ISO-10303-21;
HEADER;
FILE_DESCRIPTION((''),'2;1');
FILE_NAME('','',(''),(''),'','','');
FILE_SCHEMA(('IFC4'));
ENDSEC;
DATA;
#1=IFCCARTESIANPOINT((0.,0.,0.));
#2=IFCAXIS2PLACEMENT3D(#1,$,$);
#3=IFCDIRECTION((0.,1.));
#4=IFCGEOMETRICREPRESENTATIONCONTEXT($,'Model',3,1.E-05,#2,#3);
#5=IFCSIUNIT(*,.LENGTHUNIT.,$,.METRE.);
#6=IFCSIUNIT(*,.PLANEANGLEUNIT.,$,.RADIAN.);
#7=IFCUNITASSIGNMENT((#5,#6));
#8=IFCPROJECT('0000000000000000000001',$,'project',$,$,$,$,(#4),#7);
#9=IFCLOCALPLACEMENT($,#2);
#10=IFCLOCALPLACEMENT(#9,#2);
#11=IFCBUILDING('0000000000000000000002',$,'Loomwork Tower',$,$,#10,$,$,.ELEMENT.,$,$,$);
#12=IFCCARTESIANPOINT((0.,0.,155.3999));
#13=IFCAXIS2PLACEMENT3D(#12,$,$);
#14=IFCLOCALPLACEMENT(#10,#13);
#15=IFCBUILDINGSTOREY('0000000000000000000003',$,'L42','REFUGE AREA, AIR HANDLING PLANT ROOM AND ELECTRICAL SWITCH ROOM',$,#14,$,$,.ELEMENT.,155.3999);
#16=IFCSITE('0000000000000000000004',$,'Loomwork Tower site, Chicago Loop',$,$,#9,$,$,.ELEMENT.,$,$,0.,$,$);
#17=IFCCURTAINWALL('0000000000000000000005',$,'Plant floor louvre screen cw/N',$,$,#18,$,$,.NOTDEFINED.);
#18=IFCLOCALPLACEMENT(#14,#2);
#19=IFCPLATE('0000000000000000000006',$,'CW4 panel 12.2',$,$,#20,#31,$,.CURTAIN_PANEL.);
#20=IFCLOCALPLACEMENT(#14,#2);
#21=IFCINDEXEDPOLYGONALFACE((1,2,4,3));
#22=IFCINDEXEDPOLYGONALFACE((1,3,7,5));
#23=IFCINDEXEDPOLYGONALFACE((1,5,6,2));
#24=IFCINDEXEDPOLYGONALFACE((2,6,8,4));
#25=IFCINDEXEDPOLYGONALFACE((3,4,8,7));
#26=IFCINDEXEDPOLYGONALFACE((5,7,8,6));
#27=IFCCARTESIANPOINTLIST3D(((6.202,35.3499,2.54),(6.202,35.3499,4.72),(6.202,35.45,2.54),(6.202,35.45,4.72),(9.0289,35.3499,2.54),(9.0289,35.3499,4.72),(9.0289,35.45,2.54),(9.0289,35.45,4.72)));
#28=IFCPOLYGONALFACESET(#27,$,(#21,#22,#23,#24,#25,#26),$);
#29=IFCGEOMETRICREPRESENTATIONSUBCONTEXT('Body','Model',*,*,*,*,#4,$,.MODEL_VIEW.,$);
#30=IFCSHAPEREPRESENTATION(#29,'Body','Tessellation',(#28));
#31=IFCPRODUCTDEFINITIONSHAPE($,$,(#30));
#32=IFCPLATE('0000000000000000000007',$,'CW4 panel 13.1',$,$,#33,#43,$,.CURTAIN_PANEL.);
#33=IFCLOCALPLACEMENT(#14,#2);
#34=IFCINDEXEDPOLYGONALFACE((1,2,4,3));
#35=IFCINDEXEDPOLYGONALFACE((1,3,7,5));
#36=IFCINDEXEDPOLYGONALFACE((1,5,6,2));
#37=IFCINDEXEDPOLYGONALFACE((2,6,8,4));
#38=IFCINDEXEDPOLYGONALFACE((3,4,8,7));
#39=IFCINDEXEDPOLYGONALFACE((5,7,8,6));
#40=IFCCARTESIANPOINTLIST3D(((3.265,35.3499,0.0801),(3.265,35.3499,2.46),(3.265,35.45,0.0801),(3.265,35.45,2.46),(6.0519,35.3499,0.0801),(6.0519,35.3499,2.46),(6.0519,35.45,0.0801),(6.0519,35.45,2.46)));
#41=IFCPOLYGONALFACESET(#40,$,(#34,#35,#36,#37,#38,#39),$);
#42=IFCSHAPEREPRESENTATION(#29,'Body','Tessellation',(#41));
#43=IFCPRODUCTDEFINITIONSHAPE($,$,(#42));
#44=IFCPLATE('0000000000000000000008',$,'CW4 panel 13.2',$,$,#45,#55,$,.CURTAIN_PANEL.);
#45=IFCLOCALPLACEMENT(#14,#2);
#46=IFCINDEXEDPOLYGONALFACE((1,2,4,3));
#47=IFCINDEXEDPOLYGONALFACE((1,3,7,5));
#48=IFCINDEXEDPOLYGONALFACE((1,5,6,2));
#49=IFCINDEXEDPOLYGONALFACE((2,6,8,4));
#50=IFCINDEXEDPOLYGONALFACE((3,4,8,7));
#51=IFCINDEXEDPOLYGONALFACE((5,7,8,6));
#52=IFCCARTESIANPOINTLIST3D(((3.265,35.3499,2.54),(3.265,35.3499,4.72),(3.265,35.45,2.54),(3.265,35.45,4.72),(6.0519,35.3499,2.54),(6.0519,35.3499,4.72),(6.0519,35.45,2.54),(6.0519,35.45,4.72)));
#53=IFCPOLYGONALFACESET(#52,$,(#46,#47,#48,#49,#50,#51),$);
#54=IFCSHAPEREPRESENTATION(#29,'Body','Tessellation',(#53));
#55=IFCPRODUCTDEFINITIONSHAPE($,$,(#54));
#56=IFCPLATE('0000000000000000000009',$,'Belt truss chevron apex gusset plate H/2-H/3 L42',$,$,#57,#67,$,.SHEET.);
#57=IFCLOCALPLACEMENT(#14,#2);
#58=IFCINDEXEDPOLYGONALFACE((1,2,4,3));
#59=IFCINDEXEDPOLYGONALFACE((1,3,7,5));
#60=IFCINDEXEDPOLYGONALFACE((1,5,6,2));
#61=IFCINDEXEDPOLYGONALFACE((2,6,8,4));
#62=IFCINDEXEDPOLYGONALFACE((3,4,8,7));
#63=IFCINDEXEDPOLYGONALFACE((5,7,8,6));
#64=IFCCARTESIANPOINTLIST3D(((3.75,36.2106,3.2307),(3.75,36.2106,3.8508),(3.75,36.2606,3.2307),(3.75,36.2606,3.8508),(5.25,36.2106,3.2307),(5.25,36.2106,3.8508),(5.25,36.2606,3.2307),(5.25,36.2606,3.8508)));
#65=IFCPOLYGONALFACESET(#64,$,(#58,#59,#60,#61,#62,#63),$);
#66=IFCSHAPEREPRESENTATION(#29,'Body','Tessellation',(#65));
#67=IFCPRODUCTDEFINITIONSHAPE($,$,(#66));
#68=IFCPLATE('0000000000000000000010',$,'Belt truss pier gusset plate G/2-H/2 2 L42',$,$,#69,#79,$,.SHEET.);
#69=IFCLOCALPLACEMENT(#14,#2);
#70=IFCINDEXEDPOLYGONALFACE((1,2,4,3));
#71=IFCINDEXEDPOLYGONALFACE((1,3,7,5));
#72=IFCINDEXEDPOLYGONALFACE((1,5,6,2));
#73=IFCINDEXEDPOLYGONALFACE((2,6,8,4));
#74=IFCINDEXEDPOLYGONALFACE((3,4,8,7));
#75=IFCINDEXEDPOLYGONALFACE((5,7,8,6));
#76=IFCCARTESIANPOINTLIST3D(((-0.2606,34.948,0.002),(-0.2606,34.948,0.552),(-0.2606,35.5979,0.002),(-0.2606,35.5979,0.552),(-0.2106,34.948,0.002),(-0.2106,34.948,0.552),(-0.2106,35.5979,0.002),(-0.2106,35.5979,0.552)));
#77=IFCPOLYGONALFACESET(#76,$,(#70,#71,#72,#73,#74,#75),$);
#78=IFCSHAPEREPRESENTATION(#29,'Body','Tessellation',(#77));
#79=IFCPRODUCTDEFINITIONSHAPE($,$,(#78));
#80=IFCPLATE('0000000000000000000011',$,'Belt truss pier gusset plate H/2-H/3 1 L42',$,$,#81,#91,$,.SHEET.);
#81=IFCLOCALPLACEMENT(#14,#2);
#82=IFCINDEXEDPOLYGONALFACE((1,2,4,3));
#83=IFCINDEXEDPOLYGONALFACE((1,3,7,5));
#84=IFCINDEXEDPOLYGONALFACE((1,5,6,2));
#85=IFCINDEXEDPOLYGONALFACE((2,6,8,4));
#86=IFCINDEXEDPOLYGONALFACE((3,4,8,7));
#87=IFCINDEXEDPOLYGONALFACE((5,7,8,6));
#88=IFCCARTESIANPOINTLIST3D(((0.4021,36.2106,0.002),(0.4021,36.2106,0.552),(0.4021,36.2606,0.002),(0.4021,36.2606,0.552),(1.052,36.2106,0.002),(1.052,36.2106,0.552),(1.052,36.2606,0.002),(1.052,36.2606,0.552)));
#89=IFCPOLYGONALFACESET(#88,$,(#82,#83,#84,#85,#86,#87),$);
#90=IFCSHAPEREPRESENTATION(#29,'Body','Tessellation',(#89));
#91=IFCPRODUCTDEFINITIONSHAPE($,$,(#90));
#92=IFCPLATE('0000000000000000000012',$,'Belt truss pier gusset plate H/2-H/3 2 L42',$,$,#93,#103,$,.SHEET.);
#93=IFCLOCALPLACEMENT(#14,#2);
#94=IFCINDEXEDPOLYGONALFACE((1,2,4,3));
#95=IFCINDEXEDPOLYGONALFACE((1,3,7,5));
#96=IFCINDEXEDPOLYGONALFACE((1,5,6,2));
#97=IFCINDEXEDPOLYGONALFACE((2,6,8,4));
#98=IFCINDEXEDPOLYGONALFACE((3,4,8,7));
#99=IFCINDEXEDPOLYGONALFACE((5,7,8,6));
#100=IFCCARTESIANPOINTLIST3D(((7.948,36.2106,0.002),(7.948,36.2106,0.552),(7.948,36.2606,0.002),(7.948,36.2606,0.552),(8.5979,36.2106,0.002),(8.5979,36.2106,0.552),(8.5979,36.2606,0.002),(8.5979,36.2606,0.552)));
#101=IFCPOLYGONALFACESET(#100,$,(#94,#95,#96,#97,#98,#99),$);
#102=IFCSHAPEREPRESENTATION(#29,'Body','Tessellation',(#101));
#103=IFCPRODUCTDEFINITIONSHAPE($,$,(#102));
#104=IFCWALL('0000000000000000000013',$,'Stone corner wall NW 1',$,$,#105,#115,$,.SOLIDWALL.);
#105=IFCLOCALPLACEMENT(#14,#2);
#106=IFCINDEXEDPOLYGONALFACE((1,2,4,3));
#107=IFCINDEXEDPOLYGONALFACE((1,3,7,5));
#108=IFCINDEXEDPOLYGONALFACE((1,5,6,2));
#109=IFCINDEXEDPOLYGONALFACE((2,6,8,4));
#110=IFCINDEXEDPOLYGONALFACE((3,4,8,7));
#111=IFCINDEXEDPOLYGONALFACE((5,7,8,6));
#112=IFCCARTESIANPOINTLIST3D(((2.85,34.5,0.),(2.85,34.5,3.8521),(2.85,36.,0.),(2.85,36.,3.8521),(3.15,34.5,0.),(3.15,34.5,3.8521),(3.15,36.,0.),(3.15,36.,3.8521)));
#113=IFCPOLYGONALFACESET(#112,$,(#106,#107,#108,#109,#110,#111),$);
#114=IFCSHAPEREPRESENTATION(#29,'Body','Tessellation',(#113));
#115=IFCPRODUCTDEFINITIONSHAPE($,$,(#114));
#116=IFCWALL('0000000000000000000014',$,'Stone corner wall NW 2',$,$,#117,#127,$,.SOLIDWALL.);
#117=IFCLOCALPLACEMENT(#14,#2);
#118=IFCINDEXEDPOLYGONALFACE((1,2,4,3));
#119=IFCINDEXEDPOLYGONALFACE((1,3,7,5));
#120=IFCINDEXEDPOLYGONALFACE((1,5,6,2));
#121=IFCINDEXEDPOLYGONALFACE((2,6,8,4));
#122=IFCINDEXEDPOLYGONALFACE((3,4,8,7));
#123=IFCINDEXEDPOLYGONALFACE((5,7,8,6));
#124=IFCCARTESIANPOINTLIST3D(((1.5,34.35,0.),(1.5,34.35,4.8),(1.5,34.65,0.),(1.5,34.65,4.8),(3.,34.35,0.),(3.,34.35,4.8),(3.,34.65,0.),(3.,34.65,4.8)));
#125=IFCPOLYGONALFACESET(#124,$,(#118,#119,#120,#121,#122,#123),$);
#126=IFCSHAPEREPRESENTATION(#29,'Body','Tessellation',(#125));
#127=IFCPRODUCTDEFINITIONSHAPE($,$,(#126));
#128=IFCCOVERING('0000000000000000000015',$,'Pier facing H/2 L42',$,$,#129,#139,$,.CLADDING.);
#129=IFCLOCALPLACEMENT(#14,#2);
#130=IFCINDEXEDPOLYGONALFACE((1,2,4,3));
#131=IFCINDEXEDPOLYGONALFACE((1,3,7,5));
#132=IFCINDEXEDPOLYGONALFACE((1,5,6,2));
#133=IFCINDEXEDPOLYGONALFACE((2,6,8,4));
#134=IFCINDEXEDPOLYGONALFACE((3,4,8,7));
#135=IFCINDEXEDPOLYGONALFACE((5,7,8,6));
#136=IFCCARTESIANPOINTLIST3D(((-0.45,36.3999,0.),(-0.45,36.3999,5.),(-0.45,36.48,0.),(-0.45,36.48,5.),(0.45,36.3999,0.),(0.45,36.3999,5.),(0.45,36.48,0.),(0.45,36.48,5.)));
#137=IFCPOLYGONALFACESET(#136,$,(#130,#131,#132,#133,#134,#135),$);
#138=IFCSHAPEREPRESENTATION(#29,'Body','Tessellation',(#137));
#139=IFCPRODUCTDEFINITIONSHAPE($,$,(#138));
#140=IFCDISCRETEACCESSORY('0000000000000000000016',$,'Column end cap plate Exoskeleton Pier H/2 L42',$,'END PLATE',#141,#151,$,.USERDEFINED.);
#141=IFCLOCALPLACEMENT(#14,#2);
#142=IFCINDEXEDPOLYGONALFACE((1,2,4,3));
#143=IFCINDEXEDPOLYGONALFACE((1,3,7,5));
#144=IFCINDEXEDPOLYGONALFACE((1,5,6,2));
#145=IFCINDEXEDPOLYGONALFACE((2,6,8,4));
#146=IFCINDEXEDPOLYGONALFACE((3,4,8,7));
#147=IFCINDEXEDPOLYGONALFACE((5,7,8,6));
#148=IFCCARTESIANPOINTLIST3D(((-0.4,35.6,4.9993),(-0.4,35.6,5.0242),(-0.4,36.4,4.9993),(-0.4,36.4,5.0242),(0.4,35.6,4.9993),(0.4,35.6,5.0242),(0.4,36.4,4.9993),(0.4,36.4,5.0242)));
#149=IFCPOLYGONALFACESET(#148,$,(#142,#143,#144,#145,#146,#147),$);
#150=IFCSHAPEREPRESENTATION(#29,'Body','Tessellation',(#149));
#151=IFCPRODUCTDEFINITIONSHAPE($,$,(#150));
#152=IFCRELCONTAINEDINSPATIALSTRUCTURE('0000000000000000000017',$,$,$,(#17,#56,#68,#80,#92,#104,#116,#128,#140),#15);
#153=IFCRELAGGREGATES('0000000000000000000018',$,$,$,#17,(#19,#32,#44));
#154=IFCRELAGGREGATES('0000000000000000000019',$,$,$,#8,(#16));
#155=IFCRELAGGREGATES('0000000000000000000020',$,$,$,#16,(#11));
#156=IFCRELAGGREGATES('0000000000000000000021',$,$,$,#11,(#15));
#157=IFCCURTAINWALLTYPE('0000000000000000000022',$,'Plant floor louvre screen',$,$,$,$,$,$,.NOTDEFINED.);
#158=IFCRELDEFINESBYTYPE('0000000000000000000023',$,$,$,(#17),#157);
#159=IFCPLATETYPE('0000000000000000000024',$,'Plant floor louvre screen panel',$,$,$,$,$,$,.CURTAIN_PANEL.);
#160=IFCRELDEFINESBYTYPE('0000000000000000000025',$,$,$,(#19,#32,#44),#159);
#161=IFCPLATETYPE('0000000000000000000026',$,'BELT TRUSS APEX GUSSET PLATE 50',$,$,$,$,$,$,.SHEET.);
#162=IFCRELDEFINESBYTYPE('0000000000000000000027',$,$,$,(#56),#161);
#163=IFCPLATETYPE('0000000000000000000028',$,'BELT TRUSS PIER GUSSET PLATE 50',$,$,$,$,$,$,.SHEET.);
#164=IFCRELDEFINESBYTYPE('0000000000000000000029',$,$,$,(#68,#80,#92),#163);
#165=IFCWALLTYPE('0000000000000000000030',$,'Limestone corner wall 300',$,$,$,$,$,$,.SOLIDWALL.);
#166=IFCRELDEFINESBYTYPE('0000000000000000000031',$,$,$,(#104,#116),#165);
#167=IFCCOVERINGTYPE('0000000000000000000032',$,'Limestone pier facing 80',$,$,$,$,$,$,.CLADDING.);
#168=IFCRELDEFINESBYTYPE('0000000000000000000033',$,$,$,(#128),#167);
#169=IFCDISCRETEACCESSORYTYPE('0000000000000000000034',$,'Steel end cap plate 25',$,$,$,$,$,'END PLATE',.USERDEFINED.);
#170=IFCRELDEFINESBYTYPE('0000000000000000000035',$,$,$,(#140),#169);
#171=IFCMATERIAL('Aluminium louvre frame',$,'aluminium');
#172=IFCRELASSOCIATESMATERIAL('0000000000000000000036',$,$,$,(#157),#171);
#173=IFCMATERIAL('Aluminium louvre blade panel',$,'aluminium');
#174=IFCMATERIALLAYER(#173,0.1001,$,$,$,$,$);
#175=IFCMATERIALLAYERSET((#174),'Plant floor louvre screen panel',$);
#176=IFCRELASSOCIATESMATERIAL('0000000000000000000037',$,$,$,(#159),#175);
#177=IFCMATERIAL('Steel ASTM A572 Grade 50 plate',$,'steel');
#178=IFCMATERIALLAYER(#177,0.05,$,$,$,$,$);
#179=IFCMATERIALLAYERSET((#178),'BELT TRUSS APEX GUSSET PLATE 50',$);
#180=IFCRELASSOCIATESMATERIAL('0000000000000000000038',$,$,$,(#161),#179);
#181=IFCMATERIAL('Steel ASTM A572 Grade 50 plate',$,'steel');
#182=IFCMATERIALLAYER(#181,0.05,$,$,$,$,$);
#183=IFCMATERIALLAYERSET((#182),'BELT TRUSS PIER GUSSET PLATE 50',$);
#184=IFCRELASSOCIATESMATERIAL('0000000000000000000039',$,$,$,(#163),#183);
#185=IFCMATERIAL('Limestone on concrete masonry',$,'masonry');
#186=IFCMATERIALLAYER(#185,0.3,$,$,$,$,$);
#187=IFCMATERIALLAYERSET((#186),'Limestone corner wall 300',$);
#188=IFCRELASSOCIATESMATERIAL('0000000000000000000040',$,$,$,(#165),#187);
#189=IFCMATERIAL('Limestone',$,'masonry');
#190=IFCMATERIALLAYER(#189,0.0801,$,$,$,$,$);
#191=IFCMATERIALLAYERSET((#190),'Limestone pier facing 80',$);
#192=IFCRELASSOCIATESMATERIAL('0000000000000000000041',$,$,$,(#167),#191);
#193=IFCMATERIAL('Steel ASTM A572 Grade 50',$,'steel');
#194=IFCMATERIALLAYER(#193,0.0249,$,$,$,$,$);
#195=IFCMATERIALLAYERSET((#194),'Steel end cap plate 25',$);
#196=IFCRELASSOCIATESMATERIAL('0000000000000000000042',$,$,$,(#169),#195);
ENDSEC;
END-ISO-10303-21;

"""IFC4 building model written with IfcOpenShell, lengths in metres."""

from ifc_helpers import new_model, si_unit, direction, frame, frame_2d, origin, origin_2d, place, context, subcontext, project, spatial, rectangle, extrude, material, layer, layer_set, type_object, element, aggregate, save


model = new_model("IFC4")

# Units and contexts
model_context = context("Model", 3, precision=1e-05, world=origin(), true_north=direction((0.0, 1.0)))
body_context = subcontext(model_context, "Body", "Model", "MODEL_VIEW")
ifc_project = project(units=[si_unit("LENGTHUNIT", "METRE"), si_unit("PLANEANGLEUNIT", "RADIAN")], contexts=[model_context])

# Site, building, storey
site_placement = place(None, origin())
site = spatial("IfcSite", under=ifc_project, at=site_placement, Name="Loomwork Tower site, Chicago Loop", CompositionType="ELEMENT", RefElevation=0.0)
building_placement = place(site_placement, origin())
building = spatial("IfcBuilding", under=site, at=building_placement, Name="Loomwork Tower", CompositionType="ELEMENT")
storey_placement = place(building_placement, frame((0.0, 0.0, 155.3999)))
storey = spatial("IfcBuildingStorey", under=building, at=storey_placement, Name="L42", Description="REFUGE AREA, AIR HANDLING PLANT ROOM AND ELECTRICAL SWITCH ROOM", CompositionType="ELEMENT", Elevation=155.3999)

# Curtain wall, plates
ifc_material_1 = material(Name="Aluminium louvre frame", Category="aluminium")
curtain_wall_type = type_object("IfcCurtainWallType", Name="Plant floor louvre screen", PredefinedType="NOTDEFINED", material=ifc_material_1)
curtain_wall_placement = place(storey_placement, origin())
curtain_wall = element("IfcCurtainWall", 1, at=curtain_wall_placement, inside=storey, type_object=curtain_wall_type, Name="Plant floor louvre screen cw/N", PredefinedType="NOTDEFINED")
ifc_material_2 = material(Name="Aluminium louvre blade panel", Category="aluminium")
ifc_layer_1 = layer(ifc_material_2, 0.1001)
ifc_layer_set_1 = layer_set([ifc_layer_1], Name="Plant floor louvre screen panel")
plate_type_1 = type_object("IfcPlateType", Name="Plant floor louvre screen panel", PredefinedType="CURTAIN_PANEL", material=ifc_layer_set_1)
plate_1_placement = place(storey_placement, frame((7.6155, 35.3999, 2.54), z_axis=(0.0, 0.0, 1.0), x_axis=(-1.0, 0.0, 0.0)))
plate_1 = element("IfcPlate", 2, at=plate_1_placement, type_object=plate_type_1, Name="CW4 panel 12.2", PredefinedType="CURTAIN_PANEL", context=body_context, shape_type="SweptSolid", body=[
    extrude(rectangle(XDim=2.8269, YDim=0.1001, at=origin_2d()), origin(), (0.0, 0.0, 1.0), 2.1799),
])
plate_2_placement = place(storey_placement, frame((4.6584, 35.3999, 0.0801), z_axis=(0.0, 0.0, 1.0), x_axis=(-1.0, 0.0, 0.0)))
plate_2 = element("IfcPlate", 3, at=plate_2_placement, type_object=plate_type_1, Name="CW4 panel 13.1", PredefinedType="CURTAIN_PANEL", context=body_context, shape_type="SweptSolid", body=[
    extrude(rectangle(XDim=2.7869, YDim=0.1001, at=origin_2d()), origin(), (0.0, 0.0, 1.0), 2.3799),
])
plate_3_placement = place(storey_placement, frame((4.6584, 35.3999, 2.54), z_axis=(0.0, 0.0, 1.0), x_axis=(-1.0, 0.0, 0.0)))
plate_3 = element("IfcPlate", 4, at=plate_3_placement, type_object=plate_type_1, Name="CW4 panel 13.2", PredefinedType="CURTAIN_PANEL", context=body_context, shape_type="SweptSolid", body=[
    extrude(rectangle(XDim=2.7869, YDim=0.1001, at=origin_2d()), origin(), (0.0, 0.0, 1.0), 2.1799),
])
aggregate(curtain_wall, [plate_1, plate_2, plate_3])

# Plates
ifc_material_3 = material(Name="Steel ASTM A572 Grade 50 plate", Category="steel")
ifc_layer_2 = layer(ifc_material_3, 0.05)
ifc_layer_set_2 = layer_set([ifc_layer_2], Name="BELT TRUSS APEX GUSSET PLATE 50")
plate_type_2 = type_object("IfcPlateType", Name="BELT TRUSS APEX GUSSET PLATE 50", PredefinedType="SHEET", material=ifc_layer_set_2)
plate_4_placement = place(storey_placement, frame((4.5, 36.2356, 3.2307), z_axis=(0.0, 0.0, 1.0), x_axis=(1.0, 0.0, 0.0)))
element("IfcPlate", 5, at=plate_4_placement, inside=storey, type_object=plate_type_2, Name="Belt truss chevron apex gusset plate H/2-H/3 L42", PredefinedType="SHEET", context=body_context, shape_type="SweptSolid", body=[
    extrude(rectangle(XDim=1.5, YDim=0.05, at=origin_2d()), origin(), (0.0, 0.0, 1.0), 0.6201),
])
ifc_material_4 = material(Name="Steel ASTM A572 Grade 50 plate", Category="steel")
ifc_layer_3 = layer(ifc_material_4, 0.05)
ifc_layer_set_3 = layer_set([ifc_layer_3], Name="BELT TRUSS PIER GUSSET PLATE 50")
plate_type_3 = type_object("IfcPlateType", Name="BELT TRUSS PIER GUSSET PLATE 50", PredefinedType="SHEET", material=ifc_layer_set_3)
for number, where, z_axis, x_axis, name in (
    (6, (-0.2356, 35.2729, 0.002), (0.0, 0.0, 1.0), (0.0, 1.0, 0.0), "Belt truss pier gusset plate G/2-H/2 2 L42"),
    (7, (0.7271, 36.2356, 0.002), (0.0, 0.0, 1.0), (1.0, 0.0, 0.0), "Belt truss pier gusset plate H/2-H/3 1 L42"),
    (8, (8.2729, 36.2356, 0.002), (0.0, 0.0, 1.0), (1.0, 0.0, 0.0), "Belt truss pier gusset plate H/2-H/3 2 L42"),
):
    element("IfcPlate", number, at=place(storey_placement, frame(where, z_axis=z_axis, x_axis=x_axis)), inside=storey, type_object=plate_type_3, Name=name, PredefinedType="SHEET", context=body_context, shape_type="SweptSolid", body=[
        extrude(rectangle(XDim=0.6499, YDim=0.05, at=origin_2d()), origin(), (0.0, 0.0, 1.0), 0.55),
    ])

# Walls
ifc_material_5 = material(Name="Limestone on concrete masonry", Category="masonry")
ifc_layer_4 = layer(ifc_material_5, 0.3)
ifc_layer_set_4 = layer_set([ifc_layer_4], Name="Limestone corner wall 300")
wall_type = type_object("IfcWallType", Name="Limestone corner wall 300", PredefinedType="SOLIDWALL", material=ifc_layer_set_4)
wall_1_placement = place(storey_placement, frame((3.0, 36.0, 0.0), z_axis=(0.0, 0.0, 1.0), x_axis=(0.0, -1.0, 0.0)))
element("IfcWall", 9, at=wall_1_placement, inside=storey, type_object=wall_type, Name="Stone corner wall NW 1", PredefinedType="SOLIDWALL", context=body_context, shape_type="SweptSolid", body=[
    extrude(rectangle(XDim=1.5, YDim=0.3, at=frame_2d((0.75, 0.0))), origin(), (0.0, 0.0, 1.0), 3.8521),
])
wall_2_placement = place(storey_placement, frame((3.0, 34.5, 0.0), z_axis=(0.0, 0.0, 1.0), x_axis=(-1.0, 0.0, 0.0)))
element("IfcWall", 10, at=wall_2_placement, inside=storey, type_object=wall_type, Name="Stone corner wall NW 2", PredefinedType="SOLIDWALL", context=body_context, shape_type="SweptSolid", body=[
    extrude(rectangle(XDim=1.5, YDim=0.3, at=frame_2d((0.75, 0.0))), origin(), (0.0, 0.0, 1.0), 4.8),
])

# Covering
ifc_material_6 = material(Name="Limestone", Category="masonry")
ifc_layer_5 = layer(ifc_material_6, 0.0801)
ifc_layer_set_5 = layer_set([ifc_layer_5], Name="Limestone pier facing 80")
covering_type = type_object("IfcCoveringType", Name="Limestone pier facing 80", PredefinedType="CLADDING", material=ifc_layer_set_5)
covering_placement = place(storey_placement, frame((0.0, 36.4399, 0.0), z_axis=(0.0, 0.0, 1.0), x_axis=(1.0, 0.0, 0.0)))
element("IfcCovering", 11, at=covering_placement, inside=storey, type_object=covering_type, Name="Pier facing H/2 L42", PredefinedType="CLADDING", context=body_context, shape_type="SweptSolid", body=[
    extrude(rectangle(XDim=0.8999, YDim=0.0801, at=origin_2d()), origin(), (0.0, 0.0, 1.0), 5.0),
])

# Discrete accessory
ifc_material_7 = material(Name="Steel ASTM A572 Grade 50", Category="steel")
ifc_layer_6 = layer(ifc_material_7, 0.0249)
ifc_layer_set_6 = layer_set([ifc_layer_6], Name="Steel end cap plate 25")
discrete_accessory_type = type_object("IfcDiscreteAccessoryType", Name="Steel end cap plate 25", ElementType="END PLATE", PredefinedType="USERDEFINED", material=ifc_layer_set_6)
discrete_accessory_placement = place(storey_placement, frame((0.0, 36.0, 4.9993), z_axis=(0.0, 0.0, 1.0), x_axis=(1.0, 0.0, 0.0)))
element("IfcDiscreteAccessory", 12, at=discrete_accessory_placement, inside=storey, type_object=discrete_accessory_type, Name="Column end cap plate Exoskeleton Pier H/2 L42", ObjectType="END PLATE", PredefinedType="USERDEFINED", context=body_context, shape_type="SweptSolid", body=[
    extrude(rectangle(XDim=0.8, YDim=0.8, at=origin_2d()), origin(), (0.0, 0.0, 1.0), 0.0249),
])

save(model, "model.ifc")
